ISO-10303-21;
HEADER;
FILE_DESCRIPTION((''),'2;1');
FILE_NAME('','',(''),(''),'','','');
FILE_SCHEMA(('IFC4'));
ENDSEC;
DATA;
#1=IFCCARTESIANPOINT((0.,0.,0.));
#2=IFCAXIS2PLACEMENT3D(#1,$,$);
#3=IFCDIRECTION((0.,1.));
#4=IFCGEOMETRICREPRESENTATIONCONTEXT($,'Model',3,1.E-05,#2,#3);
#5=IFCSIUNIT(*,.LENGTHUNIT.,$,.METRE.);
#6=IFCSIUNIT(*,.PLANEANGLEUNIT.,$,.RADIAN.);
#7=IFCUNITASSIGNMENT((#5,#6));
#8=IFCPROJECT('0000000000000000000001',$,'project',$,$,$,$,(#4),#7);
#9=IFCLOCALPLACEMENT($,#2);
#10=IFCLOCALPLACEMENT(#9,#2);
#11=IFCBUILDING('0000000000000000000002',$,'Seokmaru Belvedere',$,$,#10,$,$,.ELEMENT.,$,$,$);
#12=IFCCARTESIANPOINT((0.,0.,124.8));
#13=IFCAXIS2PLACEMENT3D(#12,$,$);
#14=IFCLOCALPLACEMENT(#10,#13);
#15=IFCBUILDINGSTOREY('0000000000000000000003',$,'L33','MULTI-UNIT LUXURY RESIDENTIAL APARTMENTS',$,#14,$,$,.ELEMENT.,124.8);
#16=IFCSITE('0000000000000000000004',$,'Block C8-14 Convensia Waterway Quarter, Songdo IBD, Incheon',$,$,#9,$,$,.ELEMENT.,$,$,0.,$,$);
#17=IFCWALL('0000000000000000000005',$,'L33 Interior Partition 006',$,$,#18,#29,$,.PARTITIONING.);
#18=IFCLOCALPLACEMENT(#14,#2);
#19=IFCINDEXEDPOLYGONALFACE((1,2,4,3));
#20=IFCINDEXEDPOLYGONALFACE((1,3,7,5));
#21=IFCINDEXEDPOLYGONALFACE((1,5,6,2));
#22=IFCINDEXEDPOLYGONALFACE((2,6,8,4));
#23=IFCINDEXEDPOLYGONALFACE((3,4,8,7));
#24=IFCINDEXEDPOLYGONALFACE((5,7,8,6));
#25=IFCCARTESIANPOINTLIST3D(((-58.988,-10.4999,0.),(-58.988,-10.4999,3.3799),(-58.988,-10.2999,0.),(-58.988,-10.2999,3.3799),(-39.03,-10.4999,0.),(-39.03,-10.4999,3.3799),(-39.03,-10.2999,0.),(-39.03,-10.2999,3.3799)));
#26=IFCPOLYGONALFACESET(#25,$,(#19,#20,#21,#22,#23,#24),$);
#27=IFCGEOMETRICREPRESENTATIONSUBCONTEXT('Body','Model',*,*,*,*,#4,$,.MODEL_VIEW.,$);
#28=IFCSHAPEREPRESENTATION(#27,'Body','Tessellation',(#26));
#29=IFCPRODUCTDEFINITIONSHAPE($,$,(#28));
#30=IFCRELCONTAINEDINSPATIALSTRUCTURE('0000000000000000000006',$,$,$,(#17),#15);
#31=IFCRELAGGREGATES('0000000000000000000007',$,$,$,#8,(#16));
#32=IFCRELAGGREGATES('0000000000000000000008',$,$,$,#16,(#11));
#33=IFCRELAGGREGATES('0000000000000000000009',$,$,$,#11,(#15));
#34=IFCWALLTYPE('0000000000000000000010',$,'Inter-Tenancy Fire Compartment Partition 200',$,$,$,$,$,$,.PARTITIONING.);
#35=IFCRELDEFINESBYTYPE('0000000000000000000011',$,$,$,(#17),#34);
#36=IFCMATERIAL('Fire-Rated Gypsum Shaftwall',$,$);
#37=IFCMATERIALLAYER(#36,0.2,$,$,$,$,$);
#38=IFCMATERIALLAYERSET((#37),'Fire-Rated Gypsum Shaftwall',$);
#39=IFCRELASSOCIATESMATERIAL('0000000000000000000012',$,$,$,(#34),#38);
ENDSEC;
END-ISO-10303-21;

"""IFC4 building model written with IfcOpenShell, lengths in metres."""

from ifc_helpers import new_model, si_unit, direction, frame, frame_2d, origin, place, context, subcontext, project, spatial, rectangle, extrude, material, layer, layer_set, type_object, element, save


model = new_model("IFC4")

# Units and contexts
model_context = context("Model", 3, precision=1e-05, world=origin(), true_north=direction((0.0, 1.0)))
body_context = subcontext(model_context, "Body", "Model", "MODEL_VIEW")
ifc_project = project(units=[si_unit("LENGTHUNIT", "METRE"), si_unit("PLANEANGLEUNIT", "RADIAN")], contexts=[model_context])

# Site, building, storey
site_placement = place(None, origin())
site = spatial("IfcSite", under=ifc_project, at=site_placement, Name="Block C8-14 Convensia Waterway Quarter, Songdo IBD, Incheon", CompositionType="ELEMENT", RefElevation=0.0)
building_placement = place(site_placement, origin())
building = spatial("IfcBuilding", under=site, at=building_placement, Name="Seokmaru Belvedere", CompositionType="ELEMENT")
storey_placement = place(building_placement, frame((0.0, 0.0, 124.8)))
storey = spatial("IfcBuildingStorey", under=building, at=storey_placement, Name="L33", Description="MULTI-UNIT LUXURY RESIDENTIAL APARTMENTS", CompositionType="ELEMENT", Elevation=124.8)

# Shared definitions
ifc_material_1 = material(Name="Fire-Rated Gypsum Shaftwall")

# Wall
ifc_layer_1 = layer(ifc_material_1, 0.2)
ifc_layer_set_1 = layer_set([ifc_layer_1], Name="Fire-Rated Gypsum Shaftwall")
wall_type_1 = type_object("IfcWallType", Name="Inter-Tenancy Fire Compartment Partition 200", PredefinedType="PARTITIONING", material=ifc_layer_set_1)
wall_1_placement = place(storey_placement, frame((-58.988, -10.3999, 0.0), z_axis=(0.0, 0.0, 1.0), x_axis=(1.0, 0.0, 0.0)))
element("IfcWall", 1, at=wall_1_placement, inside=storey, type_object=wall_type_1, Name="L33 Interior Partition 006", PredefinedType="PARTITIONING", context=body_context, shape_type="SweptSolid", body=[
    extrude(rectangle(XDim=19.958, YDim=0.2, at=frame_2d((9.979, 0.0))), origin(), (0.0, 0.0, 1.0), 3.3799),
])

save(model, "model.ifc")
